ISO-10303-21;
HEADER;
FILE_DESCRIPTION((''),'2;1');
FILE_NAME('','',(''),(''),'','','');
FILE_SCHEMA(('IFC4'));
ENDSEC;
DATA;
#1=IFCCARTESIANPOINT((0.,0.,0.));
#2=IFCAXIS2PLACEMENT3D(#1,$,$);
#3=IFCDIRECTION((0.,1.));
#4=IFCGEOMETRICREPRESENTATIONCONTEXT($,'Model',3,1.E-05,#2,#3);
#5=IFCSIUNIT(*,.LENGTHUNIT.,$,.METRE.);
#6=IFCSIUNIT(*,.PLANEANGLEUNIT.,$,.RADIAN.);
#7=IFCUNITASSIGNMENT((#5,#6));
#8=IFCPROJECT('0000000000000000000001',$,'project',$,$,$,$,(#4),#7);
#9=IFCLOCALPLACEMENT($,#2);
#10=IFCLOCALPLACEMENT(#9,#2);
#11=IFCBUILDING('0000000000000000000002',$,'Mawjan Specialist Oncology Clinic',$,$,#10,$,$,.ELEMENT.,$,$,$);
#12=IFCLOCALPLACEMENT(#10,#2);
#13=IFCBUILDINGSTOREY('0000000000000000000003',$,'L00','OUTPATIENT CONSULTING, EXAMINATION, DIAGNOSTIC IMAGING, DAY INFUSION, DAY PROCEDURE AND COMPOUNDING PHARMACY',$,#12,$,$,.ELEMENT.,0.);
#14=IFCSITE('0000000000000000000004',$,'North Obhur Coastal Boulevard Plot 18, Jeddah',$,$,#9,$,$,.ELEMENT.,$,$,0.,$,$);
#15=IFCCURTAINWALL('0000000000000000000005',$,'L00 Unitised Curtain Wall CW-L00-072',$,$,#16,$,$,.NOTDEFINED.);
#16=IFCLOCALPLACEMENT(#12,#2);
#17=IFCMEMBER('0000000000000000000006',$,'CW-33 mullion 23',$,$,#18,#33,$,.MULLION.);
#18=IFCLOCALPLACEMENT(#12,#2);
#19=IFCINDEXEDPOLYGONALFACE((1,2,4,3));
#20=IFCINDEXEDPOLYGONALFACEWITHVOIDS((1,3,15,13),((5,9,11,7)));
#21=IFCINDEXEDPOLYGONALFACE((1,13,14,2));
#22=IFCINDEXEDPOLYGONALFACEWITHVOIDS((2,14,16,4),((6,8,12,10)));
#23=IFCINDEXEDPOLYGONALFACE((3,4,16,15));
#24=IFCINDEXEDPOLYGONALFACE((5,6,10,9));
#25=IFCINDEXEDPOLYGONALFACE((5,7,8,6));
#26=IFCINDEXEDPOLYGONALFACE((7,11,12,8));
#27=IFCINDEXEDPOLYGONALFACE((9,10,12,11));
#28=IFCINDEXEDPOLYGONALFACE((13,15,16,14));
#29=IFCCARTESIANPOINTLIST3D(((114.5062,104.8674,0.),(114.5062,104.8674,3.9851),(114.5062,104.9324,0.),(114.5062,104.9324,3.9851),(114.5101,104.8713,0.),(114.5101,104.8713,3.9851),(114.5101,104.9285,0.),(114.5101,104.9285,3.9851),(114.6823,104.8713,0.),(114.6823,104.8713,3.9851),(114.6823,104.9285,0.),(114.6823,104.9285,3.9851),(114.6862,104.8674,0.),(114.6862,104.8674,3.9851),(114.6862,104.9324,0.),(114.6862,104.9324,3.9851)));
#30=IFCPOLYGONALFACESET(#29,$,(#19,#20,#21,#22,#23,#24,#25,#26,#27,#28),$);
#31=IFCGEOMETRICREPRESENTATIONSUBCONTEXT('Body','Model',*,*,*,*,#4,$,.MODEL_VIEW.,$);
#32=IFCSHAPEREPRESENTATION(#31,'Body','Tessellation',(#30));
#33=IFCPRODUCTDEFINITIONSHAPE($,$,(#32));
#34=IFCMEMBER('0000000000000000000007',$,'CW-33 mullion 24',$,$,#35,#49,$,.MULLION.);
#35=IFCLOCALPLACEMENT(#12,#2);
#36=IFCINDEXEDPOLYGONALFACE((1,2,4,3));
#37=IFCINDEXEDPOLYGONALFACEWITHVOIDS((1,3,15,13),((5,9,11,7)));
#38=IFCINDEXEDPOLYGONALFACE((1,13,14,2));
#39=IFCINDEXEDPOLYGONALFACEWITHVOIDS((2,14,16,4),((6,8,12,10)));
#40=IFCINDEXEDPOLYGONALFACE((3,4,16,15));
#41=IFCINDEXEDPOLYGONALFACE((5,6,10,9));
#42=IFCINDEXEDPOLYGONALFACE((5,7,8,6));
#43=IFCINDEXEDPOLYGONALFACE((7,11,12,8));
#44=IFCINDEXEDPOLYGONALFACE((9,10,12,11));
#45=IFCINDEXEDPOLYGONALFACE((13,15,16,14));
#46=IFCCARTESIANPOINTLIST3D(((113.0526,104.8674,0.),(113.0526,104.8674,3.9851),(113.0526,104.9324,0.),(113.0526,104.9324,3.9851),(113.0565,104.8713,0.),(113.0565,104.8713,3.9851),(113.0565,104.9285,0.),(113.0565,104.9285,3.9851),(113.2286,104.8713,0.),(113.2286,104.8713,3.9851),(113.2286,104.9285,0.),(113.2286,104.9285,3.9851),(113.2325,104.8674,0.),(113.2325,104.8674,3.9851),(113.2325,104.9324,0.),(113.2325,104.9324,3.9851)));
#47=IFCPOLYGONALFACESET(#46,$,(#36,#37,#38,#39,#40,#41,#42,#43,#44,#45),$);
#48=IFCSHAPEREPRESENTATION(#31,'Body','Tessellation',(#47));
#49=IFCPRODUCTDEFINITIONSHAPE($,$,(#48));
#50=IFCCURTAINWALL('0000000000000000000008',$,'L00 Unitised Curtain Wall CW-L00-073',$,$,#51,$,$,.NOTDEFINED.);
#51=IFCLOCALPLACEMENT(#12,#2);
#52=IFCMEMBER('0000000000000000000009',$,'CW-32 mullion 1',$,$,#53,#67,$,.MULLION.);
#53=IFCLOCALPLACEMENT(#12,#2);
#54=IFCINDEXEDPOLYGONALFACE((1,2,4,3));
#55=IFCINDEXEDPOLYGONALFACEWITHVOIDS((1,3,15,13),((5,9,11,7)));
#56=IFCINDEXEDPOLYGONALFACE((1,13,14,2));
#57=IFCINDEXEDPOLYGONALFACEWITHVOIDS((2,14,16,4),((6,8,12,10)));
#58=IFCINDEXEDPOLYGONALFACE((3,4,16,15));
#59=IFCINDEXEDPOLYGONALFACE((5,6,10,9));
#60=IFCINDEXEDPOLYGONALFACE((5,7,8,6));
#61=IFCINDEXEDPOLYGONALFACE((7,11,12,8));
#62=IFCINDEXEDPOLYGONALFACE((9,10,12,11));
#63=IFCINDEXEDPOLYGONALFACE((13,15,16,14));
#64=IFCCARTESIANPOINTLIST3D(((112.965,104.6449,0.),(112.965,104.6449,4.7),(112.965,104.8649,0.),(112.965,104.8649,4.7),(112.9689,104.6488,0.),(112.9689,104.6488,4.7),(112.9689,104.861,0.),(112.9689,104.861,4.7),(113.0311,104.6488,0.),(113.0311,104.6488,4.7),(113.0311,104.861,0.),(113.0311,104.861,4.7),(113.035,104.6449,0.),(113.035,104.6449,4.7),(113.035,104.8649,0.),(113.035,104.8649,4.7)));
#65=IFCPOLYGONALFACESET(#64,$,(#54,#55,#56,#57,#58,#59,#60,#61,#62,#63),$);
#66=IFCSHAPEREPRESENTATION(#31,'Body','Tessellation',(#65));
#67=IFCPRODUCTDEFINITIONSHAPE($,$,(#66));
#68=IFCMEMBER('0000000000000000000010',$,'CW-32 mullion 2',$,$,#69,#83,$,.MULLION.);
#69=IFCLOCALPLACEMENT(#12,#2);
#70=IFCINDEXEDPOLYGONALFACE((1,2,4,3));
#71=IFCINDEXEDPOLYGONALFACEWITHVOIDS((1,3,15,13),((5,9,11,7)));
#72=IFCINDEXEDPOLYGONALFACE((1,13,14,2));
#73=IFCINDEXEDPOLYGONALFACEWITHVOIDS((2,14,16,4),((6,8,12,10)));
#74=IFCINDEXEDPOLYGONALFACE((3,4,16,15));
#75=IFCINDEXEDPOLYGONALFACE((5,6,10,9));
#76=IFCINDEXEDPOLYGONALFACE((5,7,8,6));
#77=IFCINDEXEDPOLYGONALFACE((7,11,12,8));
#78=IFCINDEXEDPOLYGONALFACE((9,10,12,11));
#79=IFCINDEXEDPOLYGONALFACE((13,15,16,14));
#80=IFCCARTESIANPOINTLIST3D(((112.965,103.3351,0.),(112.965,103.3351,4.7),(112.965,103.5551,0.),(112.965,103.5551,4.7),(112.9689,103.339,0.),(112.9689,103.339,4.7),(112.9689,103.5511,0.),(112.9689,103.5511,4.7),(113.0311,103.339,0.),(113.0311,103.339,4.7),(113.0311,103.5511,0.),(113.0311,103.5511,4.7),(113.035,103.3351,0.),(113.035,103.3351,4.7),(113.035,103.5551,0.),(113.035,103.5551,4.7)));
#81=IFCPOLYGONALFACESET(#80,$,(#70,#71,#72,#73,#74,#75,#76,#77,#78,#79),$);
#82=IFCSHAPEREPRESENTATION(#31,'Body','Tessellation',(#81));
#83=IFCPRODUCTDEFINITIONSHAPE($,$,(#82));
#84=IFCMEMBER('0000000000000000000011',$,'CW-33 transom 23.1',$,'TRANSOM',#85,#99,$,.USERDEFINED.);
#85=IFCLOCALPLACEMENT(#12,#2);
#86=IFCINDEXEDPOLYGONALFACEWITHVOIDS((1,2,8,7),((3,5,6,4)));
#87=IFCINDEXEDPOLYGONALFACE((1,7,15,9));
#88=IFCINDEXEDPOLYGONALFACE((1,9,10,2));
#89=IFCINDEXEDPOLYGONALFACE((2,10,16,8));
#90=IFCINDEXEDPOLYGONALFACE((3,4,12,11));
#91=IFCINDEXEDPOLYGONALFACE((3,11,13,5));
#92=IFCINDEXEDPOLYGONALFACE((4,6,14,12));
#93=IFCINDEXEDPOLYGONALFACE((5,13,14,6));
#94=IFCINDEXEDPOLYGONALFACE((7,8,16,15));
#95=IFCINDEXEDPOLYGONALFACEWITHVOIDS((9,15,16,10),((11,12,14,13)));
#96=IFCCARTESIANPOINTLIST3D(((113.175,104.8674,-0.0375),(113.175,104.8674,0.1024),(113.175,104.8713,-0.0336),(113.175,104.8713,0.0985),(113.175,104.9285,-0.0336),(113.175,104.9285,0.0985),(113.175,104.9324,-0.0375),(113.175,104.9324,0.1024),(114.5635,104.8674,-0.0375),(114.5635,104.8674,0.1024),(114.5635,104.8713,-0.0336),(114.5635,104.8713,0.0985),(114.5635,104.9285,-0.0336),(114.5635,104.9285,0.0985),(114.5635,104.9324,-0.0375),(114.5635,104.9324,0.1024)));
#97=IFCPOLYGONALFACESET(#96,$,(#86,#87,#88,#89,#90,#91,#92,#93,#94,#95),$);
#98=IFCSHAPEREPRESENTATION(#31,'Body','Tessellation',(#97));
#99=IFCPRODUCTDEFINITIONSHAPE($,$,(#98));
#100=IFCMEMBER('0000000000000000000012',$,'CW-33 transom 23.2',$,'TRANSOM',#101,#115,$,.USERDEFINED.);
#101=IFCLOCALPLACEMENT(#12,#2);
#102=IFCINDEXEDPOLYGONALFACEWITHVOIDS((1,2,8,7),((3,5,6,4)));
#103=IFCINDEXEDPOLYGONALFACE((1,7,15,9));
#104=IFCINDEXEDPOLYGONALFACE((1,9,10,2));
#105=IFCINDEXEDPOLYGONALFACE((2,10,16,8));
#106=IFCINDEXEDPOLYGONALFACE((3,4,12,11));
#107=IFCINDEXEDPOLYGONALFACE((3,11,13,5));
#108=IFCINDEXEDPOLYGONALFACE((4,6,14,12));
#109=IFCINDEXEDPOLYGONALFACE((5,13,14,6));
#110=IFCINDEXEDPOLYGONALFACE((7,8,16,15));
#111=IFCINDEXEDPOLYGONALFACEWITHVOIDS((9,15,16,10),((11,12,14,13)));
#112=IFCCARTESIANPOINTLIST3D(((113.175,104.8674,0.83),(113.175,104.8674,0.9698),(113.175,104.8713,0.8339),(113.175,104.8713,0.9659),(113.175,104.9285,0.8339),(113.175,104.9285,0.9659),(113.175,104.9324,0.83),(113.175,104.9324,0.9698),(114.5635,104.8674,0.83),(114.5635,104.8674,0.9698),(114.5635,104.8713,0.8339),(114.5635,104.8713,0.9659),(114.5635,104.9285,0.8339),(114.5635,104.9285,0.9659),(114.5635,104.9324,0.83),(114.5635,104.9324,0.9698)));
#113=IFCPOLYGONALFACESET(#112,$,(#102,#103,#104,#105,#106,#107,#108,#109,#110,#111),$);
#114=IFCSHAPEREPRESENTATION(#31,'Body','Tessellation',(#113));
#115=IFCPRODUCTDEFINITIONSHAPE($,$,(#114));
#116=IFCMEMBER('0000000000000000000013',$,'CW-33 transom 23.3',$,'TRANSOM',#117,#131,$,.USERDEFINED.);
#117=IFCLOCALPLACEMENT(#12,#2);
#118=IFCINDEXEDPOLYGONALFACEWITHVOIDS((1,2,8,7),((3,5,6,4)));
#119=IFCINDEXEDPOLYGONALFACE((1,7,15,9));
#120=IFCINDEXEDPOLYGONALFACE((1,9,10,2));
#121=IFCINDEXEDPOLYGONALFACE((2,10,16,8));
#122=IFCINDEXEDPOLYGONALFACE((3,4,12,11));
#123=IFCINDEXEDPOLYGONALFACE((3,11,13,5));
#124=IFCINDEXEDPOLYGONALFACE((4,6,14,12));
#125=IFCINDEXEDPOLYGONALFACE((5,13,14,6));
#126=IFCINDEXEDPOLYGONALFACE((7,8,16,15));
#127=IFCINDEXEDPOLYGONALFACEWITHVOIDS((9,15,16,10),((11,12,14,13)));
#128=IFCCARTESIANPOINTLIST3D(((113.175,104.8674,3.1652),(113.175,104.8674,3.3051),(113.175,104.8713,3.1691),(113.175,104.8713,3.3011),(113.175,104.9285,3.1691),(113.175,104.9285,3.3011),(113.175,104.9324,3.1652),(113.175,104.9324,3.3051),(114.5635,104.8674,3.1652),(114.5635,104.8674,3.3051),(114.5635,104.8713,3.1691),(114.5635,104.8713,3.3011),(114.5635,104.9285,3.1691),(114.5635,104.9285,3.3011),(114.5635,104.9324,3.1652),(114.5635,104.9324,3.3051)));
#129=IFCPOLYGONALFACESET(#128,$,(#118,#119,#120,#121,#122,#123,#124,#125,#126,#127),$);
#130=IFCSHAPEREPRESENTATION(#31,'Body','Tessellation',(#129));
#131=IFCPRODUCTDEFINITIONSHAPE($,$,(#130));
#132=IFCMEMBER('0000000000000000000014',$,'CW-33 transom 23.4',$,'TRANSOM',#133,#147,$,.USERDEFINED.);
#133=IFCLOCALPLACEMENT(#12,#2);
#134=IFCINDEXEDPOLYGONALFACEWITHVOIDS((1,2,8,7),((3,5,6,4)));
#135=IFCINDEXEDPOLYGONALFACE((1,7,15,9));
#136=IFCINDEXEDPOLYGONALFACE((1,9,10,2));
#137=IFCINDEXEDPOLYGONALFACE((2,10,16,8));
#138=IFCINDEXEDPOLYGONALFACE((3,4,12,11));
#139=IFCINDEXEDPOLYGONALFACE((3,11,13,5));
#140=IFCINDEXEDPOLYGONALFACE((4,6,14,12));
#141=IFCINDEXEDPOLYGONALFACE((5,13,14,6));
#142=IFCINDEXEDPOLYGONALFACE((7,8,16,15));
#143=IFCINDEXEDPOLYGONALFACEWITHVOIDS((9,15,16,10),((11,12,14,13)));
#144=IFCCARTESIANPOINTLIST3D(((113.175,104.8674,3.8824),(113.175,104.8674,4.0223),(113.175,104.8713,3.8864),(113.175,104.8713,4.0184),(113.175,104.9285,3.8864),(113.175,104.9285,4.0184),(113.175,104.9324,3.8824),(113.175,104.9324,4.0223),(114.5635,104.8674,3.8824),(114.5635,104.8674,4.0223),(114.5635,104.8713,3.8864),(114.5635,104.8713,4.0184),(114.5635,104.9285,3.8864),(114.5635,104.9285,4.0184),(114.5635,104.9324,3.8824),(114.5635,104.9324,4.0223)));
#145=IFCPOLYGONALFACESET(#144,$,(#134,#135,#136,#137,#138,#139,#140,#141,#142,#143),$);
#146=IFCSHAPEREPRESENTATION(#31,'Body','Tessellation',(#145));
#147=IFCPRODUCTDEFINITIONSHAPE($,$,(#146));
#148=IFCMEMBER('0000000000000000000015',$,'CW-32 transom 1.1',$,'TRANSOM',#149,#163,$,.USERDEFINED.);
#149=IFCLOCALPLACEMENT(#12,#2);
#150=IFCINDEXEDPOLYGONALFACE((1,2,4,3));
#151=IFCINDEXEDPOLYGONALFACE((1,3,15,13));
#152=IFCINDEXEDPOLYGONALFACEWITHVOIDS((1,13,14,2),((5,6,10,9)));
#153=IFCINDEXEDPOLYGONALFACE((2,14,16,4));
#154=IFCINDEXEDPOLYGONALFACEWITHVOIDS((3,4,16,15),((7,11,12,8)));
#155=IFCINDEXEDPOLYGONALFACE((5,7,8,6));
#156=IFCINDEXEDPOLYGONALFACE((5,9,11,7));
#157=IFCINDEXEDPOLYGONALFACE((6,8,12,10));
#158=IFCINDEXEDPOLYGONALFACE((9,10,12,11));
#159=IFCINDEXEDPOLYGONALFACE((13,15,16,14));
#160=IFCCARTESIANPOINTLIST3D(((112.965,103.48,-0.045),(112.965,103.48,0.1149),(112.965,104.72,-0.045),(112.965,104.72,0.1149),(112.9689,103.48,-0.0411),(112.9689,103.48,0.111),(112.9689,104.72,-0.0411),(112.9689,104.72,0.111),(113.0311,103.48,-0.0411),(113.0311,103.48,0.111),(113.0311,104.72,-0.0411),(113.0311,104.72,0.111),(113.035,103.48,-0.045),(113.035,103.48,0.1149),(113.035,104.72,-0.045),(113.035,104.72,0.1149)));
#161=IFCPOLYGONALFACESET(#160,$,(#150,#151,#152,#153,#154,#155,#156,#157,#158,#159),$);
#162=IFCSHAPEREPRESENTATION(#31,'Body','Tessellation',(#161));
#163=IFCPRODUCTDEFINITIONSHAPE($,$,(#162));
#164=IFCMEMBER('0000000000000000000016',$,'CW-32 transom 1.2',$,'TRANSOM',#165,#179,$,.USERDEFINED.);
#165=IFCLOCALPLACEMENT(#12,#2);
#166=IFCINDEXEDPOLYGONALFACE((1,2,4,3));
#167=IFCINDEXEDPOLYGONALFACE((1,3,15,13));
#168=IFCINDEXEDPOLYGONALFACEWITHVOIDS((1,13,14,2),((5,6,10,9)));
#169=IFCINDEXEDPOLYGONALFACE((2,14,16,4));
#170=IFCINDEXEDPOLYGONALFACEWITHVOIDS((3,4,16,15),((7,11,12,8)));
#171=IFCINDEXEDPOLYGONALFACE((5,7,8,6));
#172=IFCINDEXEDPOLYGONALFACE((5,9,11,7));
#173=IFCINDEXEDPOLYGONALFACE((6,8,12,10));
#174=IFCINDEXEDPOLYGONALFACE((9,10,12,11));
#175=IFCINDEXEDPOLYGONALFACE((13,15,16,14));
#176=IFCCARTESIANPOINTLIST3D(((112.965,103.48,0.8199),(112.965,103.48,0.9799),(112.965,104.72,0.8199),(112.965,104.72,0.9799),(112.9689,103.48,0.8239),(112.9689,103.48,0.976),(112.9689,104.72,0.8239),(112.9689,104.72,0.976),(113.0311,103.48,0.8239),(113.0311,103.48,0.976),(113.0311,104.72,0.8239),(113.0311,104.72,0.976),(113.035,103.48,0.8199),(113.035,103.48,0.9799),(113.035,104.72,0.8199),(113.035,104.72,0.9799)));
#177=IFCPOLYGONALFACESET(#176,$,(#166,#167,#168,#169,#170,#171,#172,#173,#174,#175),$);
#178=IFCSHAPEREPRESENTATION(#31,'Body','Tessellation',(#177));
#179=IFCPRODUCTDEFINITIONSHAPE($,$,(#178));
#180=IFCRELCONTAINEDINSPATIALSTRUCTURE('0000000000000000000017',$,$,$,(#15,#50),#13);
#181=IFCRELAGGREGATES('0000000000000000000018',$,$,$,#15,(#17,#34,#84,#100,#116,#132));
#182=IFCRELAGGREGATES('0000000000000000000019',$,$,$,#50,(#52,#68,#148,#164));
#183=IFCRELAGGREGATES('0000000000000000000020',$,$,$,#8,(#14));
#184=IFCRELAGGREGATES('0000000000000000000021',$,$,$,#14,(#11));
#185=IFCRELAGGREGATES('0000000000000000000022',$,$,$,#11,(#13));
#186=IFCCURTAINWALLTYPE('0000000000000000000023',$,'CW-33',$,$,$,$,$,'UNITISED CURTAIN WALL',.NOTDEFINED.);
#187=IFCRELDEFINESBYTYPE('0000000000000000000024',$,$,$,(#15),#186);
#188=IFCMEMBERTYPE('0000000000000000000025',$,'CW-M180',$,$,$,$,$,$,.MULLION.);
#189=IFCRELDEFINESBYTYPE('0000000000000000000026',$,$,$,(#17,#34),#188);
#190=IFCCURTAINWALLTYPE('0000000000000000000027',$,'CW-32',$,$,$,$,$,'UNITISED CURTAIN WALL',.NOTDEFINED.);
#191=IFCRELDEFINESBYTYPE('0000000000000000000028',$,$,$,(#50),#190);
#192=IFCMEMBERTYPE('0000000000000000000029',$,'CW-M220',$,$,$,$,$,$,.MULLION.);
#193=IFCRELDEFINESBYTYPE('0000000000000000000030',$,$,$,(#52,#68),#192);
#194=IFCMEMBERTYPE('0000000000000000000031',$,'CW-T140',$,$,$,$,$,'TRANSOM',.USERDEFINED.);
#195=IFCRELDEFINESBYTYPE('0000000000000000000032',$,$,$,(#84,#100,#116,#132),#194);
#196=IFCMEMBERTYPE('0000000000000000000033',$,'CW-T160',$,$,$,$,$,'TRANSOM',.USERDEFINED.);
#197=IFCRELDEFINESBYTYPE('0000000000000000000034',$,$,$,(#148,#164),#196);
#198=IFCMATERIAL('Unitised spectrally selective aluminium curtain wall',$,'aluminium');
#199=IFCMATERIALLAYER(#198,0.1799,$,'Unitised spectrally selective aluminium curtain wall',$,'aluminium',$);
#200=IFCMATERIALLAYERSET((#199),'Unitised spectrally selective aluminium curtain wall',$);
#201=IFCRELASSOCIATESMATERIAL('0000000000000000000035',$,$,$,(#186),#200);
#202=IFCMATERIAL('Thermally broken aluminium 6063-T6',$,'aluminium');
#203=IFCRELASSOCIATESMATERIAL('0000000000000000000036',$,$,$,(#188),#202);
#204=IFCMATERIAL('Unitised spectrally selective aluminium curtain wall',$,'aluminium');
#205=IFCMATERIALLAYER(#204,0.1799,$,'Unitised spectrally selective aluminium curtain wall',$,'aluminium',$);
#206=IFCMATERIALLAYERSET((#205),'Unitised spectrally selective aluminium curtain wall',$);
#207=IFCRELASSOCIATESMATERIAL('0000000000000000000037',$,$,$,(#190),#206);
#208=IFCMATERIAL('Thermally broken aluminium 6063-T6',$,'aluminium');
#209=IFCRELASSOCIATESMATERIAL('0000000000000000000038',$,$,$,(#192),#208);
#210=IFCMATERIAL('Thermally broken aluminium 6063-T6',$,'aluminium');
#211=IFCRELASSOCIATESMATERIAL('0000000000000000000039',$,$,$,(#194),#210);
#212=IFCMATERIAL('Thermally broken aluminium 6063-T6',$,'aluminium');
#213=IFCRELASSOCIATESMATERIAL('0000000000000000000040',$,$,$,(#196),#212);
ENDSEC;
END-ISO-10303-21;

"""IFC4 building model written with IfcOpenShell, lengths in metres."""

from ifc_helpers import new_model, si_unit, direction, frame, origin, origin_2d, place, context, subcontext, project, spatial, hollow_rectangle, extrude, material, layer, layer_set, material_profile, profile_set, type_object, element, aggregate, save


model = new_model("IFC4")

# Units and contexts
model_context = context("Model", 3, precision=1e-05, world=origin(), true_north=direction((0.0, 1.0)))
body_context = subcontext(model_context, "Body", "Model", "MODEL_VIEW")
ifc_project = project(units=[si_unit("LENGTHUNIT", "METRE"), si_unit("PLANEANGLEUNIT", "RADIAN")], contexts=[model_context])

# Site, building, storey
site_placement = place(None, origin())
site = spatial("IfcSite", under=ifc_project, at=site_placement, Name="North Obhur Coastal Boulevard Plot 18, Jeddah", CompositionType="ELEMENT", RefElevation=0.0)
building_placement = place(site_placement, origin())
building = spatial("IfcBuilding", under=site, at=building_placement, Name="Mawjan Specialist Oncology Clinic", CompositionType="ELEMENT")
storey_placement = place(building_placement, origin())
storey = spatial("IfcBuildingStorey", under=building, at=storey_placement, Name="L00", Description="OUTPATIENT CONSULTING, EXAMINATION, DIAGNOSTIC IMAGING, DAY INFUSION, DAY PROCEDURE AND COMPOUNDING PHARMACY", CompositionType="ELEMENT", Elevation=0.0)

# Curtain walls, members
ifc_material_1 = material(Name="Unitised spectrally selective aluminium curtain wall", Category="aluminium")
ifc_layer_1 = layer(ifc_material_1, 0.1799, Name="Unitised spectrally selective aluminium curtain wall", Category="aluminium")
ifc_layer_set_1 = layer_set([ifc_layer_1], Name="Unitised spectrally selective aluminium curtain wall")
curtain_wall_type_1 = type_object("IfcCurtainWallType", Name="CW-33", ElementType="UNITISED CURTAIN WALL", PredefinedType="NOTDEFINED", material=ifc_layer_set_1)
curtain_wall_1_placement = place(storey_placement, origin())
curtain_wall_1 = element("IfcCurtainWall", 1, at=curtain_wall_1_placement, inside=storey, type_object=curtain_wall_type_1, Name="L00 Unitised Curtain Wall CW-L00-072", PredefinedType="NOTDEFINED")
ifc_material_2 = material(Name="Thermally broken aluminium 6063-T6", Category="aluminium")
ifc_material_profile_1 = material_profile(ifc_material_2, hollow_rectangle(XDim=0.0649, YDim=0.1799, WallThickness=0.0039, at=origin_2d()), Name="ALU MULLION 180x65x4", Category="aluminium")
ifc_profile_set_1 = profile_set([ifc_material_profile_1], Name="Thermally broken aluminium 6063-T6")
member_type_1 = type_object("IfcMemberType", Name="CW-M180", PredefinedType="MULLION", material=ifc_profile_set_1)
member_1_placement = place(storey_placement, frame((114.5962, 104.8999, 0.0), z_axis=(0.0, 0.0, 1.0), x_axis=(0.0, -1.0, 0.0)))
member_1 = element("IfcMember", 2, at=member_1_placement, type_object=member_type_1, Name="CW-33 mullion 23", PredefinedType="MULLION", context=body_context, shape_type="SweptSolid", body=[
    extrude(hollow_rectangle(XDim=0.0649, YDim=0.1799, WallThickness=0.0039, at=origin_2d()), origin(), (0.0, 0.0, 1.0), 3.9851),
])
member_2_placement = place(storey_placement, frame((113.1426, 104.8999, 0.0), z_axis=(0.0, 0.0, 1.0), x_axis=(0.0, -1.0, 0.0)))
member_2 = element("IfcMember", 3, at=member_2_placement, type_object=member_type_1, Name="CW-33 mullion 24", PredefinedType="MULLION", context=body_context, shape_type="SweptSolid", body=[
    extrude(hollow_rectangle(XDim=0.0649, YDim=0.1799, WallThickness=0.0039, at=origin_2d()), origin(), (0.0, 0.0, 1.0), 3.9851),
])
ifc_material_3 = material(Name="Unitised spectrally selective aluminium curtain wall", Category="aluminium")
ifc_layer_2 = layer(ifc_material_3, 0.1799, Name="Unitised spectrally selective aluminium curtain wall", Category="aluminium")
ifc_layer_set_2 = layer_set([ifc_layer_2], Name="Unitised spectrally selective aluminium curtain wall")
curtain_wall_type_2 = type_object("IfcCurtainWallType", Name="CW-32", ElementType="UNITISED CURTAIN WALL", PredefinedType="NOTDEFINED", material=ifc_layer_set_2)
curtain_wall_2_placement = place(storey_placement, origin())
curtain_wall_2 = element("IfcCurtainWall", 4, at=curtain_wall_2_placement, inside=storey, type_object=curtain_wall_type_2, Name="L00 Unitised Curtain Wall CW-L00-073", PredefinedType="NOTDEFINED")
ifc_material_4 = material(Name="Thermally broken aluminium 6063-T6", Category="aluminium")
ifc_material_profile_2 = material_profile(ifc_material_4, hollow_rectangle(XDim=0.0701, YDim=0.22, WallThickness=0.0039, at=origin_2d()), Name="ALU MULLION 220x70x4", Category="aluminium")
ifc_profile_set_2 = profile_set([ifc_material_profile_2], Name="Thermally broken aluminium 6063-T6")
member_type_2 = type_object("IfcMemberType", Name="CW-M220", PredefinedType="MULLION", material=ifc_profile_set_2)
member_3_placement = place(storey_placement, frame((113.0, 104.7549, 0.0), z_axis=(0.0, 0.0, 1.0), x_axis=(1.0, 0.0, 0.0)))
member_3 = element("IfcMember", 5, at=member_3_placement, type_object=member_type_2, Name="CW-32 mullion 1", PredefinedType="MULLION", context=body_context, shape_type="SweptSolid", body=[
    extrude(hollow_rectangle(XDim=0.0701, YDim=0.22, WallThickness=0.0039, at=origin_2d()), origin(), (0.0, 0.0, 1.0), 4.7),
])
member_4_placement = place(storey_placement, frame((113.0, 103.4451, 0.0), z_axis=(0.0, 0.0, 1.0), x_axis=(1.0, 0.0, 0.0)))
member_4 = element("IfcMember", 6, at=member_4_placement, type_object=member_type_2, Name="CW-32 mullion 2", PredefinedType="MULLION", context=body_context, shape_type="SweptSolid", body=[
    extrude(hollow_rectangle(XDim=0.0701, YDim=0.22, WallThickness=0.0039, at=origin_2d()), origin(), (0.0, 0.0, 1.0), 4.7),
])

# Members
ifc_material_5 = material(Name="Thermally broken aluminium 6063-T6", Category="aluminium")
ifc_material_profile_3 = material_profile(ifc_material_5, hollow_rectangle(XDim=0.0649, YDim=0.1399, WallThickness=0.0039, at=origin_2d()), Name="ALU TRANSOM 140x65x4", Category="aluminium")
ifc_profile_set_3 = profile_set([ifc_material_profile_3], Name="Thermally broken aluminium 6063-T6")
member_type_3 = type_object("IfcMemberType", Name="CW-T140", ElementType="TRANSOM", PredefinedType="USERDEFINED", material=ifc_profile_set_3)
member_5_placement = place(storey_placement, frame((114.5635, 104.8999, 0.0325), z_axis=(-1.0, 0.0, 0.0), x_axis=(0.0, -1.0, 0.0)))
member_5 = element("IfcMember", 7, at=member_5_placement, type_object=member_type_3, Name="CW-33 transom 23.1", ObjectType="TRANSOM", PredefinedType="USERDEFINED", context=body_context, shape_type="SweptSolid", body=[
    extrude(hollow_rectangle(XDim=0.0649, YDim=0.1399, WallThickness=0.0039, at=origin_2d()), origin(), (0.0, 0.0, 1.0), 1.3884),
])
member_6_placement = place(storey_placement, frame((114.5635, 104.8999, 0.8999), z_axis=(-1.0, 0.0, 0.0), x_axis=(0.0, -1.0, 0.0)))
member_6 = element("IfcMember", 8, at=member_6_placement, type_object=member_type_3, Name="CW-33 transom 23.2", ObjectType="TRANSOM", PredefinedType="USERDEFINED", context=body_context, shape_type="SweptSolid", body=[
    extrude(hollow_rectangle(XDim=0.0649, YDim=0.1399, WallThickness=0.0039, at=origin_2d()), origin(), (0.0, 0.0, 1.0), 1.3884),
])
member_7_placement = place(storey_placement, frame((114.5635, 104.8999, 3.2351), z_axis=(-1.0, 0.0, 0.0), x_axis=(0.0, -1.0, 0.0)))
member_7 = element("IfcMember", 9, at=member_7_placement, type_object=member_type_3, Name="CW-33 transom 23.3", ObjectType="TRANSOM", PredefinedType="USERDEFINED", context=body_context, shape_type="SweptSolid", body=[
    extrude(hollow_rectangle(XDim=0.0649, YDim=0.1399, WallThickness=0.0039, at=origin_2d()), origin(), (0.0, 0.0, 1.0), 1.3884),
])
member_8_placement = place(storey_placement, frame((114.5635, 104.8999, 3.9524), z_axis=(-1.0, 0.0, 0.0), x_axis=(0.0, -1.0, 0.0)))
member_8 = element("IfcMember", 10, at=member_8_placement, type_object=member_type_3, Name="CW-33 transom 23.4", ObjectType="TRANSOM", PredefinedType="USERDEFINED", context=body_context, shape_type="SweptSolid", body=[
    extrude(hollow_rectangle(XDim=0.0649, YDim=0.1399, WallThickness=0.0039, at=origin_2d()), origin(), (0.0, 0.0, 1.0), 1.3884),
])
ifc_material_6 = material(Name="Thermally broken aluminium 6063-T6", Category="aluminium")
ifc_material_profile_4 = material_profile(ifc_material_6, hollow_rectangle(XDim=0.0701, YDim=0.1599, WallThickness=0.0039, at=origin_2d()), Name="ALU TRANSOM 160x70x4", Category="aluminium")
ifc_profile_set_4 = profile_set([ifc_material_profile_4], Name="Thermally broken aluminium 6063-T6")
member_type_4 = type_object("IfcMemberType", Name="CW-T160", ElementType="TRANSOM", PredefinedType="USERDEFINED", material=ifc_profile_set_4)
member_9_placement = place(storey_placement, frame((113.0, 104.72, 0.0349), z_axis=(0.0, -1.0, 0.0), x_axis=(1.0, 0.0, 0.0)))
member_9 = element("IfcMember", 11, at=member_9_placement, type_object=member_type_4, Name="CW-32 transom 1.1", ObjectType="TRANSOM", PredefinedType="USERDEFINED", context=body_context, shape_type="SweptSolid", body=[
    extrude(hollow_rectangle(XDim=0.0701, YDim=0.1599, WallThickness=0.0039, at=origin_2d()), origin(), (0.0, 0.0, 1.0), 1.24),
])
member_10_placement = place(storey_placement, frame((113.0, 104.72, 0.8999), z_axis=(0.0, -1.0, 0.0), x_axis=(1.0, 0.0, 0.0)))
member_10 = element("IfcMember", 12, at=member_10_placement, type_object=member_type_4, Name="CW-32 transom 1.2", ObjectType="TRANSOM", PredefinedType="USERDEFINED", context=body_context, shape_type="SweptSolid", body=[
    extrude(hollow_rectangle(XDim=0.0701, YDim=0.1599, WallThickness=0.0039, at=origin_2d()), origin(), (0.0, 0.0, 1.0), 1.24),
])

aggregate(curtain_wall_1, [member_1, member_2, member_5, member_6, member_7, member_8])
aggregate(curtain_wall_2, [member_3, member_4, member_9, member_10])

save(model, "model.ifc")
